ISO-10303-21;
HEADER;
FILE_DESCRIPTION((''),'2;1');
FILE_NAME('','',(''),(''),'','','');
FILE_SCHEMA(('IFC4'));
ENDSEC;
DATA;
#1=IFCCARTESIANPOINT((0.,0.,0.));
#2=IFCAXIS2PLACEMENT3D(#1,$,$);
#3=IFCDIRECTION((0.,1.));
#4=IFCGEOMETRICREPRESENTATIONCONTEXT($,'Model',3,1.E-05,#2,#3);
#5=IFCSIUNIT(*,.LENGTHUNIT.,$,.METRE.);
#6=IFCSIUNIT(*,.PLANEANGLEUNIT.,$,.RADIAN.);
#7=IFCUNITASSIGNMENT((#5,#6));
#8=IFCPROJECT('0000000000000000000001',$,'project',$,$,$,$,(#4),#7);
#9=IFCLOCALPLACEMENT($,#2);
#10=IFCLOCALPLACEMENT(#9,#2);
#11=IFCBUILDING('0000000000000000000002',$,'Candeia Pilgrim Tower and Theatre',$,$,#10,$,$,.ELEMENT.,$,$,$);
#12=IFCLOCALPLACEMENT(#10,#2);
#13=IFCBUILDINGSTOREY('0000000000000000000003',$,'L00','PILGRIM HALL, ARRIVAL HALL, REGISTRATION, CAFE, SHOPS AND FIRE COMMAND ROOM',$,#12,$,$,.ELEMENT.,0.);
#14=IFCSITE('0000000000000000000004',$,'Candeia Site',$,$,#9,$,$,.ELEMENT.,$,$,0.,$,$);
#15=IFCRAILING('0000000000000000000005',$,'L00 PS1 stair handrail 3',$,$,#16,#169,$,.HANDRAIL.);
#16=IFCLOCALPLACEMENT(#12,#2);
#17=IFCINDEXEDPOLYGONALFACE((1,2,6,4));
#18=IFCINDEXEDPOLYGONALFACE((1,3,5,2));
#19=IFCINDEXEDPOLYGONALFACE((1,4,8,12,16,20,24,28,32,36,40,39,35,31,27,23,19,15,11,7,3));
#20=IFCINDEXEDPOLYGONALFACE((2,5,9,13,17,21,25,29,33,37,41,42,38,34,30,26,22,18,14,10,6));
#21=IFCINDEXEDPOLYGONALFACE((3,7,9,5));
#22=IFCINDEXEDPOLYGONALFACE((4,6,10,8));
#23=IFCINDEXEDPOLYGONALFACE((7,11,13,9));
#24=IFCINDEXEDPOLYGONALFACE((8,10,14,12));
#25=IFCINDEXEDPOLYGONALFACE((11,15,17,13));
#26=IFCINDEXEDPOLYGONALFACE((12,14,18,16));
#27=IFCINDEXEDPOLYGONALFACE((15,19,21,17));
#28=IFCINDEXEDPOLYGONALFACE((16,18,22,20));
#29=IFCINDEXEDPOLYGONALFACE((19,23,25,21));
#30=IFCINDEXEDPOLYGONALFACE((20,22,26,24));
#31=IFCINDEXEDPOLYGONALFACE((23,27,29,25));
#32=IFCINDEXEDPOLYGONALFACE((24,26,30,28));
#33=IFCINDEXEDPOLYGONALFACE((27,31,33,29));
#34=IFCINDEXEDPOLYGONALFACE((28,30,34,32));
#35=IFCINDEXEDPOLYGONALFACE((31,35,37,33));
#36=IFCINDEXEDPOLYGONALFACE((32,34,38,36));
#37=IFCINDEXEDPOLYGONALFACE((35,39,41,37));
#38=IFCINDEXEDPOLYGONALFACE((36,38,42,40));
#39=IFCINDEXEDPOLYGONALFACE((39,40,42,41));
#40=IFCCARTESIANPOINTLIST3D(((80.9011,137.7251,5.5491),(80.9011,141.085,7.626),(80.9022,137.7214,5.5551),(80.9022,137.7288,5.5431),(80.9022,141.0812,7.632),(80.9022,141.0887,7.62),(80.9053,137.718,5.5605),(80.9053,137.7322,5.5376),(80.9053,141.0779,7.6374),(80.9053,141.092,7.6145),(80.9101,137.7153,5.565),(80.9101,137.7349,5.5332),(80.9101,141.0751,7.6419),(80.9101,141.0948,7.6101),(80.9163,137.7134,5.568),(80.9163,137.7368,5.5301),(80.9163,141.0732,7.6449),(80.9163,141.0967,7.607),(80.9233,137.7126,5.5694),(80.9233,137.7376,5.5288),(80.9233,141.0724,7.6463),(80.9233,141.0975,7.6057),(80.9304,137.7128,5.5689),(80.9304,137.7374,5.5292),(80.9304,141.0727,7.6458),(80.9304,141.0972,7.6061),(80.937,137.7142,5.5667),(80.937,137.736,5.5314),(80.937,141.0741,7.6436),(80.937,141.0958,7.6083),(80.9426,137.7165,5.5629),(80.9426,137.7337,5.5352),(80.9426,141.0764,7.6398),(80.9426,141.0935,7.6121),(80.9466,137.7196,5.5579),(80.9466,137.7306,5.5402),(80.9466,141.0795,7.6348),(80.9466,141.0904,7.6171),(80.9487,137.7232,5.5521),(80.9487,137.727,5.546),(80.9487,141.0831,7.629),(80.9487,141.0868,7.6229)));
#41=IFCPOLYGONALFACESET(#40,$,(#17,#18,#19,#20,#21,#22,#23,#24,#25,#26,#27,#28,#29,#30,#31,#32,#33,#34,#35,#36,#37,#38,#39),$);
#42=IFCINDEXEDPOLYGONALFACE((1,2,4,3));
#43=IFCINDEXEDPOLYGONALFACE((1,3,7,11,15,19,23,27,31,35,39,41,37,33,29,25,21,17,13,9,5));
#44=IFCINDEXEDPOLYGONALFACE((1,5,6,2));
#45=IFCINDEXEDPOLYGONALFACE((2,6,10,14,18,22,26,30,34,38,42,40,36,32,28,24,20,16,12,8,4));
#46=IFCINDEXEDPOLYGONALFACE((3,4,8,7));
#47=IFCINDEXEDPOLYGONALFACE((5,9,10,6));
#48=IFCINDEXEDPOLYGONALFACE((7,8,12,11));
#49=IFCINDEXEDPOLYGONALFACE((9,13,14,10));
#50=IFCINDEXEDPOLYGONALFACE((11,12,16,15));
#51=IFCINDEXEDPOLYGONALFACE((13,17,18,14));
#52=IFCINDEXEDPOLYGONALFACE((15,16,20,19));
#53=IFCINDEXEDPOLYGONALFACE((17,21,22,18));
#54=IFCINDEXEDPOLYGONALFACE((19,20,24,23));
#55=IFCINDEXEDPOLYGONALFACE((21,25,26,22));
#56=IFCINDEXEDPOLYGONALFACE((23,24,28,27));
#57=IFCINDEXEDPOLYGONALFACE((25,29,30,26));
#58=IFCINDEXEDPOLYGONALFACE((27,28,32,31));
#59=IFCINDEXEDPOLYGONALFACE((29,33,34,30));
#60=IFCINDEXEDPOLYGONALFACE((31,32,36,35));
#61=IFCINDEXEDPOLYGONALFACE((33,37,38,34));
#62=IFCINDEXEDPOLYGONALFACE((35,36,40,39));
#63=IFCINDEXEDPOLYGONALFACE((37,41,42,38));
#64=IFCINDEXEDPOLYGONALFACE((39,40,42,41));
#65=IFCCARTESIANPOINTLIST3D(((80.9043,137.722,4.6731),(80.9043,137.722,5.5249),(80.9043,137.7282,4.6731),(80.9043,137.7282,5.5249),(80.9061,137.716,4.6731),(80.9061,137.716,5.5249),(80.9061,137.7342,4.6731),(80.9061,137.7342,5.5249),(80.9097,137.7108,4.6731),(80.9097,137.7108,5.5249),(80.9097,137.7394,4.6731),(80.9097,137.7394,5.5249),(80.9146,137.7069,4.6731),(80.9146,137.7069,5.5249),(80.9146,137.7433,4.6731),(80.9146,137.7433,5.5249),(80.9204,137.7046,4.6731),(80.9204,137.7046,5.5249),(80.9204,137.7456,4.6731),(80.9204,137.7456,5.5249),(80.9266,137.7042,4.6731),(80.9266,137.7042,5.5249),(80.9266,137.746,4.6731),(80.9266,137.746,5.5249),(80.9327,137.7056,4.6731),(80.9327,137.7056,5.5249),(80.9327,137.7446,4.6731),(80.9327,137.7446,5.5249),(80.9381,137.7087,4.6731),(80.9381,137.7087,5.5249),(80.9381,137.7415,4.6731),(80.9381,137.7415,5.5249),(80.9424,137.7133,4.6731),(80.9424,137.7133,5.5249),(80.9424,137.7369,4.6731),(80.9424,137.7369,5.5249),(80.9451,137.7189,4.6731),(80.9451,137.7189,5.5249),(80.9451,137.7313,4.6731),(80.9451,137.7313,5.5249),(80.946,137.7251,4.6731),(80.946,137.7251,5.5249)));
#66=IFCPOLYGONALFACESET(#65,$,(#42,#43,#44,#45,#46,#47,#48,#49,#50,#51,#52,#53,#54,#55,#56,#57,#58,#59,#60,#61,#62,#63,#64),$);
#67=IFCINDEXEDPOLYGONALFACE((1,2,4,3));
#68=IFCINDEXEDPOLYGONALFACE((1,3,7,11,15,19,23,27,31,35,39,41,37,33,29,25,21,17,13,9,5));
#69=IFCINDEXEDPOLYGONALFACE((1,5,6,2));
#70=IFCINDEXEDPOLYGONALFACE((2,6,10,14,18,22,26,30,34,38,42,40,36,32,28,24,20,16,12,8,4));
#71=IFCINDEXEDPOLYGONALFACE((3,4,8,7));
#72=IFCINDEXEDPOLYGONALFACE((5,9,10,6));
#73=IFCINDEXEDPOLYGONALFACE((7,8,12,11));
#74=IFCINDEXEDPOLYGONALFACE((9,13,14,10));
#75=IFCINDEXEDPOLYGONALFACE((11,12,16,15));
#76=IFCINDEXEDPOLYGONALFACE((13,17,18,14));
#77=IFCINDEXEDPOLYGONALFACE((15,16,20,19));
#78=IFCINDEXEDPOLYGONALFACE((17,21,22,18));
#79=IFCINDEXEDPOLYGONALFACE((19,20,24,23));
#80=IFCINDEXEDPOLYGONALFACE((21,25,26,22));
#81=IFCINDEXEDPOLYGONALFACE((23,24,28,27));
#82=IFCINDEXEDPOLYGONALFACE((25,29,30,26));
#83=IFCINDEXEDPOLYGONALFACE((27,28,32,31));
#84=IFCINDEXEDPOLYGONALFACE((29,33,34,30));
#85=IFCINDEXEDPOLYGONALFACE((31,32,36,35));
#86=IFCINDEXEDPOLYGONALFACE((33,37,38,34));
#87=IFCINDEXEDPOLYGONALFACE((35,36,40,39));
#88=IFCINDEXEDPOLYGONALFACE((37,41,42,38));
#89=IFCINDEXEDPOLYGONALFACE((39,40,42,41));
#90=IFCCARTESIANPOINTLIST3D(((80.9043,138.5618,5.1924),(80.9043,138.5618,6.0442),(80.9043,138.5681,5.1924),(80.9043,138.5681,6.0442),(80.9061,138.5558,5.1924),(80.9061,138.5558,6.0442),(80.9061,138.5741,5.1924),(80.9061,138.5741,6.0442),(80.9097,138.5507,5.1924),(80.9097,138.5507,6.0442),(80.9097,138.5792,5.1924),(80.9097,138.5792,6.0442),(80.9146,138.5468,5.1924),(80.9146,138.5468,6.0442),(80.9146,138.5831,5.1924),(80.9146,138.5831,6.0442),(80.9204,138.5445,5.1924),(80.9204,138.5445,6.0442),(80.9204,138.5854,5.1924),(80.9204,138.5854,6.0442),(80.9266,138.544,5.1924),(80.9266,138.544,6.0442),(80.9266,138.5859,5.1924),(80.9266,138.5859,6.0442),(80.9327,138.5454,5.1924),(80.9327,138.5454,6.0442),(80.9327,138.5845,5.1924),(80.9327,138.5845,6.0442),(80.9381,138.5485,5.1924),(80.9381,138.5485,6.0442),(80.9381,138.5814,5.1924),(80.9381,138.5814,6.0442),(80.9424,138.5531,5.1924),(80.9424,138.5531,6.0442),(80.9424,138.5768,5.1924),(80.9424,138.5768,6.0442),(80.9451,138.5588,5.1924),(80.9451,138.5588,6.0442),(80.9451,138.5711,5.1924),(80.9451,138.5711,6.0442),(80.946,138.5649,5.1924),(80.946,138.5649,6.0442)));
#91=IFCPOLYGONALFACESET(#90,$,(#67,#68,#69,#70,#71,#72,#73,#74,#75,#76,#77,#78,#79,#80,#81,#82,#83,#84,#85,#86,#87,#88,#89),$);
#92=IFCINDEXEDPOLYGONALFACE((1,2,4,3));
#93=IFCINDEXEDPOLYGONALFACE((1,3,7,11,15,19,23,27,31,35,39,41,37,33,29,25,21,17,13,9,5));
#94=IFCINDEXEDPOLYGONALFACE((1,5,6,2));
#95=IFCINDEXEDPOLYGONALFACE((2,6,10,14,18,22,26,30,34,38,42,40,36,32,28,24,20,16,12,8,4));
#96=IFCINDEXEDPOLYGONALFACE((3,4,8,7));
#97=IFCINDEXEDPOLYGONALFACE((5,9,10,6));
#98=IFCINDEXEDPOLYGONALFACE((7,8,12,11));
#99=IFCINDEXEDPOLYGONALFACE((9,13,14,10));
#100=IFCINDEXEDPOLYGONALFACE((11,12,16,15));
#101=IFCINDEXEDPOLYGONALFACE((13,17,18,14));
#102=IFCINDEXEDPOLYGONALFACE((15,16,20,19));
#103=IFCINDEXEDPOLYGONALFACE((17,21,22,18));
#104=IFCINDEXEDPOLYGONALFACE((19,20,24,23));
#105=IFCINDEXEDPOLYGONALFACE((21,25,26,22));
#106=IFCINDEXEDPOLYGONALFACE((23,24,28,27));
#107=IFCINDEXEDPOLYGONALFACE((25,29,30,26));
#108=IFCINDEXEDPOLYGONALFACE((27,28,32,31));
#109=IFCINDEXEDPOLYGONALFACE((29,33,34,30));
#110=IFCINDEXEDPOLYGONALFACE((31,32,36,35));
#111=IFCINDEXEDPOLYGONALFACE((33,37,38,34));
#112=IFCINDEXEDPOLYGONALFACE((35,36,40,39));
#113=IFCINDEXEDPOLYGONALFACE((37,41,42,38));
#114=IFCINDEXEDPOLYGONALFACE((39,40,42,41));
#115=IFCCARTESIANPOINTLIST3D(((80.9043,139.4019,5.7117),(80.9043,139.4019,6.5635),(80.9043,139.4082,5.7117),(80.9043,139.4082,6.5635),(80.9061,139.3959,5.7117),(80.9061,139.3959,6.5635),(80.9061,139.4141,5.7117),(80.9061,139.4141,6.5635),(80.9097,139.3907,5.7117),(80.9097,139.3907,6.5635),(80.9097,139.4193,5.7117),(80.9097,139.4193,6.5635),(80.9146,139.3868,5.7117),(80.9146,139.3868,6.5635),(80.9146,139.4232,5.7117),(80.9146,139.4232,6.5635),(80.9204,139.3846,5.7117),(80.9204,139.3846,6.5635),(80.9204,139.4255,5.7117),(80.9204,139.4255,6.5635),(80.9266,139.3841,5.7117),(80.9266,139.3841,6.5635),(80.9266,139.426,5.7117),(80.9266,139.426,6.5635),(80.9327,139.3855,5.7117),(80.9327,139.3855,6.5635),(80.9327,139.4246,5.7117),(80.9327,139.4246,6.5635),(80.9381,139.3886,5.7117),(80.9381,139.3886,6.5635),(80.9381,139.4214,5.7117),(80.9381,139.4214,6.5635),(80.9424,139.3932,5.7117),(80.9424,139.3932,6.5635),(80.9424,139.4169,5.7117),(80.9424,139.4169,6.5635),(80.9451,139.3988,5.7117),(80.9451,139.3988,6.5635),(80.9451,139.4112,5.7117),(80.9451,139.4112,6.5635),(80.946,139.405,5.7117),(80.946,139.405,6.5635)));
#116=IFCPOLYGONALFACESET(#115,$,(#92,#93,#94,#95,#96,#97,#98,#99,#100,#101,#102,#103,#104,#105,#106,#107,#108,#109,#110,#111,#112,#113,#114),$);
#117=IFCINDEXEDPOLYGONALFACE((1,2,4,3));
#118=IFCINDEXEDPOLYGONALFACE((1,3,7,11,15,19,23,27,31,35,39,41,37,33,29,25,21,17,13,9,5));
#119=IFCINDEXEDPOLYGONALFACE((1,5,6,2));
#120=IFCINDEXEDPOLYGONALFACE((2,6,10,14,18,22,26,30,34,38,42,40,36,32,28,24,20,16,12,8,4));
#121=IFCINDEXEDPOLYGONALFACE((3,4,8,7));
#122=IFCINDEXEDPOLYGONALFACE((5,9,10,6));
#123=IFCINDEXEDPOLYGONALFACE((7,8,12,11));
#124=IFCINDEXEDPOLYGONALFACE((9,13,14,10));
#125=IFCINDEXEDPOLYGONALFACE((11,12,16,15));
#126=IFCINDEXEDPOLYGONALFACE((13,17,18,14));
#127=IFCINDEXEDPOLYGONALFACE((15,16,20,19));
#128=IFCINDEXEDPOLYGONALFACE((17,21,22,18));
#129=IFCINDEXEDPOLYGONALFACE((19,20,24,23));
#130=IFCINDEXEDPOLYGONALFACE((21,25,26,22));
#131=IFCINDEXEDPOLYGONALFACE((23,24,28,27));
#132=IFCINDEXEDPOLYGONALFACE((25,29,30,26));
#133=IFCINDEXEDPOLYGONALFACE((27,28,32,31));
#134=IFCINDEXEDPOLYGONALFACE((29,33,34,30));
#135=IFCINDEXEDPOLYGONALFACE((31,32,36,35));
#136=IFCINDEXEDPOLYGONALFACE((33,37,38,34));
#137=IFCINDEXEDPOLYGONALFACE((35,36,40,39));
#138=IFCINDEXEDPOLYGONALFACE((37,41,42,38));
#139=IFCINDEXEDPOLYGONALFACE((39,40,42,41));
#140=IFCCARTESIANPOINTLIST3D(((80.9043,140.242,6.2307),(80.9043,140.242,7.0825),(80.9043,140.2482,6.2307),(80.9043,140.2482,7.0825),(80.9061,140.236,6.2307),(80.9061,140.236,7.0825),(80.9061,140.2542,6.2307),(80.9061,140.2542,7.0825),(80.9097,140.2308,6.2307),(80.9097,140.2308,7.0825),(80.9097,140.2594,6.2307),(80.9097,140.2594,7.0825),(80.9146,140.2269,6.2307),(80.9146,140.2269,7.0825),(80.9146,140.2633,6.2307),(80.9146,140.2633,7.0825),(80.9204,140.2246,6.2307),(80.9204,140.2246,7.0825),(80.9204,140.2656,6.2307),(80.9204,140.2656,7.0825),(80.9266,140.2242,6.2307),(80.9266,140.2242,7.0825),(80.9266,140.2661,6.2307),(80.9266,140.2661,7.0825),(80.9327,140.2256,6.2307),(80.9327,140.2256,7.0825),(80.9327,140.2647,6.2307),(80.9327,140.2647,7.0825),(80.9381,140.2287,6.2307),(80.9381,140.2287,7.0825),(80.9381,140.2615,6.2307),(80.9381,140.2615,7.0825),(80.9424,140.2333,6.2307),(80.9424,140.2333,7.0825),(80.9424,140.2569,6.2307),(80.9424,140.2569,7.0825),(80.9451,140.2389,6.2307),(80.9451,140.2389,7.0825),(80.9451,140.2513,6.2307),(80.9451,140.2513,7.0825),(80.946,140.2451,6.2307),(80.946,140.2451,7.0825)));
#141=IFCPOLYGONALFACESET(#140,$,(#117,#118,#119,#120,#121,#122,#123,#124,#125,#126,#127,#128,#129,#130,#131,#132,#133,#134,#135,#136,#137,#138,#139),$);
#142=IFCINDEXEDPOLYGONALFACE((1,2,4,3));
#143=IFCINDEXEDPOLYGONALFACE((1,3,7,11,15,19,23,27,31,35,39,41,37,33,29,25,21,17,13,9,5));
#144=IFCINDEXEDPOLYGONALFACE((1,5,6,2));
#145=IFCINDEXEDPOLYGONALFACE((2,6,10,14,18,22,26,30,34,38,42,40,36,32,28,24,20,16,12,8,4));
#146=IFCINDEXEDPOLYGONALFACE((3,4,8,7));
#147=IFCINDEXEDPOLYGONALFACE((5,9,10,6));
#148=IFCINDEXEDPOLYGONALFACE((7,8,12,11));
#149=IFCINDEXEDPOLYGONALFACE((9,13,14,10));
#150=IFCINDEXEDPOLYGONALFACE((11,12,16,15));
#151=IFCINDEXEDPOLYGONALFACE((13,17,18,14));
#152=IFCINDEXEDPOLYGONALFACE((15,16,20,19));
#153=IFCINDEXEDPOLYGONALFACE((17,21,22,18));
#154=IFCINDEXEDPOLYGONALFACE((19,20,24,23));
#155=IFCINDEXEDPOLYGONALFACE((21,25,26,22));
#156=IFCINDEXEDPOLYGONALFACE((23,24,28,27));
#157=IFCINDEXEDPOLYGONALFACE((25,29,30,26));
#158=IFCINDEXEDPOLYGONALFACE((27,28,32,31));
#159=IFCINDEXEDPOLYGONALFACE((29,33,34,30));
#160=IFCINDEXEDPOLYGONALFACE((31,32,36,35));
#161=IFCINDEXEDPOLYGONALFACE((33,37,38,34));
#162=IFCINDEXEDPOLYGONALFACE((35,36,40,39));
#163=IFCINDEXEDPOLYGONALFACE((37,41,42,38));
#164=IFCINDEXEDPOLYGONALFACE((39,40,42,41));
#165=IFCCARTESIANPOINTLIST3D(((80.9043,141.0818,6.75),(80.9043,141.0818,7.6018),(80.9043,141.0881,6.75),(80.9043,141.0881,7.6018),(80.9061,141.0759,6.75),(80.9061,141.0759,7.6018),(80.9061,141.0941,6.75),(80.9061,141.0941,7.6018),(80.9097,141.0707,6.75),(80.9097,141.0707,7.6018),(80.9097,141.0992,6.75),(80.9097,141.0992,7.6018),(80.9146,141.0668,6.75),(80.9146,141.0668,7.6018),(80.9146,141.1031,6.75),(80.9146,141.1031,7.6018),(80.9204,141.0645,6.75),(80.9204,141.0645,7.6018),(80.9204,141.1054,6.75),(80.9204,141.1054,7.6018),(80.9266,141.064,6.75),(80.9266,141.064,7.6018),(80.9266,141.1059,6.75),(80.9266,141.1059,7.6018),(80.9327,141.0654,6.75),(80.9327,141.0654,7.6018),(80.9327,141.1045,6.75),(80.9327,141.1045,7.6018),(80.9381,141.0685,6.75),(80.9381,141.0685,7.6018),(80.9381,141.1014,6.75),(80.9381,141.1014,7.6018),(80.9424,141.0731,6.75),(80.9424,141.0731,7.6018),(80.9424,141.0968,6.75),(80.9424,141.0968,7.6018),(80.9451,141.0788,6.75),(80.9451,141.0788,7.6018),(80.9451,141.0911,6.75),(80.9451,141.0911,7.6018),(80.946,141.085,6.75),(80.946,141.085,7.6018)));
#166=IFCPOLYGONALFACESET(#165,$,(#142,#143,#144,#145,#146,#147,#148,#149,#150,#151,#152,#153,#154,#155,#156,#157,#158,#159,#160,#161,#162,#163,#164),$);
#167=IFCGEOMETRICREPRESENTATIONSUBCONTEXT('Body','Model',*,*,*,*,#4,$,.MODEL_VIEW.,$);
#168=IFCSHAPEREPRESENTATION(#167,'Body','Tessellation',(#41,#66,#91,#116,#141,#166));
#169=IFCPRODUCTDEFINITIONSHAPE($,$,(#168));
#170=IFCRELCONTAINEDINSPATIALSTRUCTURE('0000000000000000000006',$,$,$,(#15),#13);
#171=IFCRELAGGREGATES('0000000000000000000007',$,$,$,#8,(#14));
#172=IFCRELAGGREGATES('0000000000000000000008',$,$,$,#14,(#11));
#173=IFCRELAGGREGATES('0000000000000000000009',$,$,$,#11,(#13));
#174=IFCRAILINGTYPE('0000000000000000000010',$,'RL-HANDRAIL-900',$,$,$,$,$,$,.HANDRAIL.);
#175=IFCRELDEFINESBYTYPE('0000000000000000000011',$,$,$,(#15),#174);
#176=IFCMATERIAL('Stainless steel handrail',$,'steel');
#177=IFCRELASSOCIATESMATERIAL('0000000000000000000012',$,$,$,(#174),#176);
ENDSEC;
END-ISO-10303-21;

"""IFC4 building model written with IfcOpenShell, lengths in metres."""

from ifc_helpers import new_model, si_unit, direction, frame, origin, origin_2d, place, context, subcontext, project, spatial, circle, extrude, material, type_object, element, save


model = new_model("IFC4")

# Units and contexts
model_context = context("Model", 3, precision=1e-05, world=origin(), true_north=direction((0.0, 1.0)))
body_context = subcontext(model_context, "Body", "Model", "MODEL_VIEW")
ifc_project = project(units=[si_unit("LENGTHUNIT", "METRE"), si_unit("PLANEANGLEUNIT", "RADIAN")], contexts=[model_context])

# Site, building, storey
site_placement = place(None, origin())
site = spatial("IfcSite", under=ifc_project, at=site_placement, Name="Candeia Site", CompositionType="ELEMENT", RefElevation=0.0)
building_placement = place(site_placement, origin())
building = spatial("IfcBuilding", under=site, at=building_placement, Name="Candeia Pilgrim Tower and Theatre", CompositionType="ELEMENT")
storey_placement = place(building_placement, origin())
storey = spatial("IfcBuildingStorey", under=building, at=storey_placement, Name="L00", Description="PILGRIM HALL, ARRIVAL HALL, REGISTRATION, CAFE, SHOPS AND FIRE COMMAND ROOM", CompositionType="ELEMENT", Elevation=0.0)

# Railing
ifc_material_1 = material(Name="Stainless steel handrail", Category="steel")
railing_type_1 = type_object("IfcRailingType", Name="RL-HANDRAIL-900", PredefinedType="HANDRAIL", material=ifc_material_1)
for number, where, name in (
    (1, (80.925, 137.7251, 4.6731), "L00 PS1 stair handrail 3"),
):
    element("IfcRailing", number, at=place(storey_placement, frame(where)), inside=storey, type_object=railing_type_1, Name=name, PredefinedType="HANDRAIL", context=body_context, shape_type="SweptSolid", body=[
        extrude(circle(Radius=0.0239, at=origin_2d()), frame((0.0, 0.0, 0.876), z_axis=(0.0, 0.850606, 0.525803), x_axis=(-1.0, 0.0, 0.0)), (0.0, 0.0, 1.0), 3.95),
        extrude(circle(Radius=0.021, at=origin_2d()), origin(), (0.0, 0.0, 1.0), 0.8518),
        extrude(circle(Radius=0.021, at=origin_2d()), frame((0.0, 0.8398, 0.5193)), (0.0, 0.0, 1.0), 0.8518),
        extrude(circle(Radius=0.021, at=origin_2d()), frame((0.0, 1.6799, 1.0386)), (0.0, 0.0, 1.0), 0.8518),
        extrude(circle(Radius=0.021, at=origin_2d()), frame((0.0, 2.52, 1.5576)), (0.0, 0.0, 1.0), 0.8518),
        extrude(circle(Radius=0.021, at=origin_2d()), frame((0.0, 3.3599, 2.0769)), (0.0, 0.0, 1.0), 0.8518),
    ])

save(model, "model.ifc")
